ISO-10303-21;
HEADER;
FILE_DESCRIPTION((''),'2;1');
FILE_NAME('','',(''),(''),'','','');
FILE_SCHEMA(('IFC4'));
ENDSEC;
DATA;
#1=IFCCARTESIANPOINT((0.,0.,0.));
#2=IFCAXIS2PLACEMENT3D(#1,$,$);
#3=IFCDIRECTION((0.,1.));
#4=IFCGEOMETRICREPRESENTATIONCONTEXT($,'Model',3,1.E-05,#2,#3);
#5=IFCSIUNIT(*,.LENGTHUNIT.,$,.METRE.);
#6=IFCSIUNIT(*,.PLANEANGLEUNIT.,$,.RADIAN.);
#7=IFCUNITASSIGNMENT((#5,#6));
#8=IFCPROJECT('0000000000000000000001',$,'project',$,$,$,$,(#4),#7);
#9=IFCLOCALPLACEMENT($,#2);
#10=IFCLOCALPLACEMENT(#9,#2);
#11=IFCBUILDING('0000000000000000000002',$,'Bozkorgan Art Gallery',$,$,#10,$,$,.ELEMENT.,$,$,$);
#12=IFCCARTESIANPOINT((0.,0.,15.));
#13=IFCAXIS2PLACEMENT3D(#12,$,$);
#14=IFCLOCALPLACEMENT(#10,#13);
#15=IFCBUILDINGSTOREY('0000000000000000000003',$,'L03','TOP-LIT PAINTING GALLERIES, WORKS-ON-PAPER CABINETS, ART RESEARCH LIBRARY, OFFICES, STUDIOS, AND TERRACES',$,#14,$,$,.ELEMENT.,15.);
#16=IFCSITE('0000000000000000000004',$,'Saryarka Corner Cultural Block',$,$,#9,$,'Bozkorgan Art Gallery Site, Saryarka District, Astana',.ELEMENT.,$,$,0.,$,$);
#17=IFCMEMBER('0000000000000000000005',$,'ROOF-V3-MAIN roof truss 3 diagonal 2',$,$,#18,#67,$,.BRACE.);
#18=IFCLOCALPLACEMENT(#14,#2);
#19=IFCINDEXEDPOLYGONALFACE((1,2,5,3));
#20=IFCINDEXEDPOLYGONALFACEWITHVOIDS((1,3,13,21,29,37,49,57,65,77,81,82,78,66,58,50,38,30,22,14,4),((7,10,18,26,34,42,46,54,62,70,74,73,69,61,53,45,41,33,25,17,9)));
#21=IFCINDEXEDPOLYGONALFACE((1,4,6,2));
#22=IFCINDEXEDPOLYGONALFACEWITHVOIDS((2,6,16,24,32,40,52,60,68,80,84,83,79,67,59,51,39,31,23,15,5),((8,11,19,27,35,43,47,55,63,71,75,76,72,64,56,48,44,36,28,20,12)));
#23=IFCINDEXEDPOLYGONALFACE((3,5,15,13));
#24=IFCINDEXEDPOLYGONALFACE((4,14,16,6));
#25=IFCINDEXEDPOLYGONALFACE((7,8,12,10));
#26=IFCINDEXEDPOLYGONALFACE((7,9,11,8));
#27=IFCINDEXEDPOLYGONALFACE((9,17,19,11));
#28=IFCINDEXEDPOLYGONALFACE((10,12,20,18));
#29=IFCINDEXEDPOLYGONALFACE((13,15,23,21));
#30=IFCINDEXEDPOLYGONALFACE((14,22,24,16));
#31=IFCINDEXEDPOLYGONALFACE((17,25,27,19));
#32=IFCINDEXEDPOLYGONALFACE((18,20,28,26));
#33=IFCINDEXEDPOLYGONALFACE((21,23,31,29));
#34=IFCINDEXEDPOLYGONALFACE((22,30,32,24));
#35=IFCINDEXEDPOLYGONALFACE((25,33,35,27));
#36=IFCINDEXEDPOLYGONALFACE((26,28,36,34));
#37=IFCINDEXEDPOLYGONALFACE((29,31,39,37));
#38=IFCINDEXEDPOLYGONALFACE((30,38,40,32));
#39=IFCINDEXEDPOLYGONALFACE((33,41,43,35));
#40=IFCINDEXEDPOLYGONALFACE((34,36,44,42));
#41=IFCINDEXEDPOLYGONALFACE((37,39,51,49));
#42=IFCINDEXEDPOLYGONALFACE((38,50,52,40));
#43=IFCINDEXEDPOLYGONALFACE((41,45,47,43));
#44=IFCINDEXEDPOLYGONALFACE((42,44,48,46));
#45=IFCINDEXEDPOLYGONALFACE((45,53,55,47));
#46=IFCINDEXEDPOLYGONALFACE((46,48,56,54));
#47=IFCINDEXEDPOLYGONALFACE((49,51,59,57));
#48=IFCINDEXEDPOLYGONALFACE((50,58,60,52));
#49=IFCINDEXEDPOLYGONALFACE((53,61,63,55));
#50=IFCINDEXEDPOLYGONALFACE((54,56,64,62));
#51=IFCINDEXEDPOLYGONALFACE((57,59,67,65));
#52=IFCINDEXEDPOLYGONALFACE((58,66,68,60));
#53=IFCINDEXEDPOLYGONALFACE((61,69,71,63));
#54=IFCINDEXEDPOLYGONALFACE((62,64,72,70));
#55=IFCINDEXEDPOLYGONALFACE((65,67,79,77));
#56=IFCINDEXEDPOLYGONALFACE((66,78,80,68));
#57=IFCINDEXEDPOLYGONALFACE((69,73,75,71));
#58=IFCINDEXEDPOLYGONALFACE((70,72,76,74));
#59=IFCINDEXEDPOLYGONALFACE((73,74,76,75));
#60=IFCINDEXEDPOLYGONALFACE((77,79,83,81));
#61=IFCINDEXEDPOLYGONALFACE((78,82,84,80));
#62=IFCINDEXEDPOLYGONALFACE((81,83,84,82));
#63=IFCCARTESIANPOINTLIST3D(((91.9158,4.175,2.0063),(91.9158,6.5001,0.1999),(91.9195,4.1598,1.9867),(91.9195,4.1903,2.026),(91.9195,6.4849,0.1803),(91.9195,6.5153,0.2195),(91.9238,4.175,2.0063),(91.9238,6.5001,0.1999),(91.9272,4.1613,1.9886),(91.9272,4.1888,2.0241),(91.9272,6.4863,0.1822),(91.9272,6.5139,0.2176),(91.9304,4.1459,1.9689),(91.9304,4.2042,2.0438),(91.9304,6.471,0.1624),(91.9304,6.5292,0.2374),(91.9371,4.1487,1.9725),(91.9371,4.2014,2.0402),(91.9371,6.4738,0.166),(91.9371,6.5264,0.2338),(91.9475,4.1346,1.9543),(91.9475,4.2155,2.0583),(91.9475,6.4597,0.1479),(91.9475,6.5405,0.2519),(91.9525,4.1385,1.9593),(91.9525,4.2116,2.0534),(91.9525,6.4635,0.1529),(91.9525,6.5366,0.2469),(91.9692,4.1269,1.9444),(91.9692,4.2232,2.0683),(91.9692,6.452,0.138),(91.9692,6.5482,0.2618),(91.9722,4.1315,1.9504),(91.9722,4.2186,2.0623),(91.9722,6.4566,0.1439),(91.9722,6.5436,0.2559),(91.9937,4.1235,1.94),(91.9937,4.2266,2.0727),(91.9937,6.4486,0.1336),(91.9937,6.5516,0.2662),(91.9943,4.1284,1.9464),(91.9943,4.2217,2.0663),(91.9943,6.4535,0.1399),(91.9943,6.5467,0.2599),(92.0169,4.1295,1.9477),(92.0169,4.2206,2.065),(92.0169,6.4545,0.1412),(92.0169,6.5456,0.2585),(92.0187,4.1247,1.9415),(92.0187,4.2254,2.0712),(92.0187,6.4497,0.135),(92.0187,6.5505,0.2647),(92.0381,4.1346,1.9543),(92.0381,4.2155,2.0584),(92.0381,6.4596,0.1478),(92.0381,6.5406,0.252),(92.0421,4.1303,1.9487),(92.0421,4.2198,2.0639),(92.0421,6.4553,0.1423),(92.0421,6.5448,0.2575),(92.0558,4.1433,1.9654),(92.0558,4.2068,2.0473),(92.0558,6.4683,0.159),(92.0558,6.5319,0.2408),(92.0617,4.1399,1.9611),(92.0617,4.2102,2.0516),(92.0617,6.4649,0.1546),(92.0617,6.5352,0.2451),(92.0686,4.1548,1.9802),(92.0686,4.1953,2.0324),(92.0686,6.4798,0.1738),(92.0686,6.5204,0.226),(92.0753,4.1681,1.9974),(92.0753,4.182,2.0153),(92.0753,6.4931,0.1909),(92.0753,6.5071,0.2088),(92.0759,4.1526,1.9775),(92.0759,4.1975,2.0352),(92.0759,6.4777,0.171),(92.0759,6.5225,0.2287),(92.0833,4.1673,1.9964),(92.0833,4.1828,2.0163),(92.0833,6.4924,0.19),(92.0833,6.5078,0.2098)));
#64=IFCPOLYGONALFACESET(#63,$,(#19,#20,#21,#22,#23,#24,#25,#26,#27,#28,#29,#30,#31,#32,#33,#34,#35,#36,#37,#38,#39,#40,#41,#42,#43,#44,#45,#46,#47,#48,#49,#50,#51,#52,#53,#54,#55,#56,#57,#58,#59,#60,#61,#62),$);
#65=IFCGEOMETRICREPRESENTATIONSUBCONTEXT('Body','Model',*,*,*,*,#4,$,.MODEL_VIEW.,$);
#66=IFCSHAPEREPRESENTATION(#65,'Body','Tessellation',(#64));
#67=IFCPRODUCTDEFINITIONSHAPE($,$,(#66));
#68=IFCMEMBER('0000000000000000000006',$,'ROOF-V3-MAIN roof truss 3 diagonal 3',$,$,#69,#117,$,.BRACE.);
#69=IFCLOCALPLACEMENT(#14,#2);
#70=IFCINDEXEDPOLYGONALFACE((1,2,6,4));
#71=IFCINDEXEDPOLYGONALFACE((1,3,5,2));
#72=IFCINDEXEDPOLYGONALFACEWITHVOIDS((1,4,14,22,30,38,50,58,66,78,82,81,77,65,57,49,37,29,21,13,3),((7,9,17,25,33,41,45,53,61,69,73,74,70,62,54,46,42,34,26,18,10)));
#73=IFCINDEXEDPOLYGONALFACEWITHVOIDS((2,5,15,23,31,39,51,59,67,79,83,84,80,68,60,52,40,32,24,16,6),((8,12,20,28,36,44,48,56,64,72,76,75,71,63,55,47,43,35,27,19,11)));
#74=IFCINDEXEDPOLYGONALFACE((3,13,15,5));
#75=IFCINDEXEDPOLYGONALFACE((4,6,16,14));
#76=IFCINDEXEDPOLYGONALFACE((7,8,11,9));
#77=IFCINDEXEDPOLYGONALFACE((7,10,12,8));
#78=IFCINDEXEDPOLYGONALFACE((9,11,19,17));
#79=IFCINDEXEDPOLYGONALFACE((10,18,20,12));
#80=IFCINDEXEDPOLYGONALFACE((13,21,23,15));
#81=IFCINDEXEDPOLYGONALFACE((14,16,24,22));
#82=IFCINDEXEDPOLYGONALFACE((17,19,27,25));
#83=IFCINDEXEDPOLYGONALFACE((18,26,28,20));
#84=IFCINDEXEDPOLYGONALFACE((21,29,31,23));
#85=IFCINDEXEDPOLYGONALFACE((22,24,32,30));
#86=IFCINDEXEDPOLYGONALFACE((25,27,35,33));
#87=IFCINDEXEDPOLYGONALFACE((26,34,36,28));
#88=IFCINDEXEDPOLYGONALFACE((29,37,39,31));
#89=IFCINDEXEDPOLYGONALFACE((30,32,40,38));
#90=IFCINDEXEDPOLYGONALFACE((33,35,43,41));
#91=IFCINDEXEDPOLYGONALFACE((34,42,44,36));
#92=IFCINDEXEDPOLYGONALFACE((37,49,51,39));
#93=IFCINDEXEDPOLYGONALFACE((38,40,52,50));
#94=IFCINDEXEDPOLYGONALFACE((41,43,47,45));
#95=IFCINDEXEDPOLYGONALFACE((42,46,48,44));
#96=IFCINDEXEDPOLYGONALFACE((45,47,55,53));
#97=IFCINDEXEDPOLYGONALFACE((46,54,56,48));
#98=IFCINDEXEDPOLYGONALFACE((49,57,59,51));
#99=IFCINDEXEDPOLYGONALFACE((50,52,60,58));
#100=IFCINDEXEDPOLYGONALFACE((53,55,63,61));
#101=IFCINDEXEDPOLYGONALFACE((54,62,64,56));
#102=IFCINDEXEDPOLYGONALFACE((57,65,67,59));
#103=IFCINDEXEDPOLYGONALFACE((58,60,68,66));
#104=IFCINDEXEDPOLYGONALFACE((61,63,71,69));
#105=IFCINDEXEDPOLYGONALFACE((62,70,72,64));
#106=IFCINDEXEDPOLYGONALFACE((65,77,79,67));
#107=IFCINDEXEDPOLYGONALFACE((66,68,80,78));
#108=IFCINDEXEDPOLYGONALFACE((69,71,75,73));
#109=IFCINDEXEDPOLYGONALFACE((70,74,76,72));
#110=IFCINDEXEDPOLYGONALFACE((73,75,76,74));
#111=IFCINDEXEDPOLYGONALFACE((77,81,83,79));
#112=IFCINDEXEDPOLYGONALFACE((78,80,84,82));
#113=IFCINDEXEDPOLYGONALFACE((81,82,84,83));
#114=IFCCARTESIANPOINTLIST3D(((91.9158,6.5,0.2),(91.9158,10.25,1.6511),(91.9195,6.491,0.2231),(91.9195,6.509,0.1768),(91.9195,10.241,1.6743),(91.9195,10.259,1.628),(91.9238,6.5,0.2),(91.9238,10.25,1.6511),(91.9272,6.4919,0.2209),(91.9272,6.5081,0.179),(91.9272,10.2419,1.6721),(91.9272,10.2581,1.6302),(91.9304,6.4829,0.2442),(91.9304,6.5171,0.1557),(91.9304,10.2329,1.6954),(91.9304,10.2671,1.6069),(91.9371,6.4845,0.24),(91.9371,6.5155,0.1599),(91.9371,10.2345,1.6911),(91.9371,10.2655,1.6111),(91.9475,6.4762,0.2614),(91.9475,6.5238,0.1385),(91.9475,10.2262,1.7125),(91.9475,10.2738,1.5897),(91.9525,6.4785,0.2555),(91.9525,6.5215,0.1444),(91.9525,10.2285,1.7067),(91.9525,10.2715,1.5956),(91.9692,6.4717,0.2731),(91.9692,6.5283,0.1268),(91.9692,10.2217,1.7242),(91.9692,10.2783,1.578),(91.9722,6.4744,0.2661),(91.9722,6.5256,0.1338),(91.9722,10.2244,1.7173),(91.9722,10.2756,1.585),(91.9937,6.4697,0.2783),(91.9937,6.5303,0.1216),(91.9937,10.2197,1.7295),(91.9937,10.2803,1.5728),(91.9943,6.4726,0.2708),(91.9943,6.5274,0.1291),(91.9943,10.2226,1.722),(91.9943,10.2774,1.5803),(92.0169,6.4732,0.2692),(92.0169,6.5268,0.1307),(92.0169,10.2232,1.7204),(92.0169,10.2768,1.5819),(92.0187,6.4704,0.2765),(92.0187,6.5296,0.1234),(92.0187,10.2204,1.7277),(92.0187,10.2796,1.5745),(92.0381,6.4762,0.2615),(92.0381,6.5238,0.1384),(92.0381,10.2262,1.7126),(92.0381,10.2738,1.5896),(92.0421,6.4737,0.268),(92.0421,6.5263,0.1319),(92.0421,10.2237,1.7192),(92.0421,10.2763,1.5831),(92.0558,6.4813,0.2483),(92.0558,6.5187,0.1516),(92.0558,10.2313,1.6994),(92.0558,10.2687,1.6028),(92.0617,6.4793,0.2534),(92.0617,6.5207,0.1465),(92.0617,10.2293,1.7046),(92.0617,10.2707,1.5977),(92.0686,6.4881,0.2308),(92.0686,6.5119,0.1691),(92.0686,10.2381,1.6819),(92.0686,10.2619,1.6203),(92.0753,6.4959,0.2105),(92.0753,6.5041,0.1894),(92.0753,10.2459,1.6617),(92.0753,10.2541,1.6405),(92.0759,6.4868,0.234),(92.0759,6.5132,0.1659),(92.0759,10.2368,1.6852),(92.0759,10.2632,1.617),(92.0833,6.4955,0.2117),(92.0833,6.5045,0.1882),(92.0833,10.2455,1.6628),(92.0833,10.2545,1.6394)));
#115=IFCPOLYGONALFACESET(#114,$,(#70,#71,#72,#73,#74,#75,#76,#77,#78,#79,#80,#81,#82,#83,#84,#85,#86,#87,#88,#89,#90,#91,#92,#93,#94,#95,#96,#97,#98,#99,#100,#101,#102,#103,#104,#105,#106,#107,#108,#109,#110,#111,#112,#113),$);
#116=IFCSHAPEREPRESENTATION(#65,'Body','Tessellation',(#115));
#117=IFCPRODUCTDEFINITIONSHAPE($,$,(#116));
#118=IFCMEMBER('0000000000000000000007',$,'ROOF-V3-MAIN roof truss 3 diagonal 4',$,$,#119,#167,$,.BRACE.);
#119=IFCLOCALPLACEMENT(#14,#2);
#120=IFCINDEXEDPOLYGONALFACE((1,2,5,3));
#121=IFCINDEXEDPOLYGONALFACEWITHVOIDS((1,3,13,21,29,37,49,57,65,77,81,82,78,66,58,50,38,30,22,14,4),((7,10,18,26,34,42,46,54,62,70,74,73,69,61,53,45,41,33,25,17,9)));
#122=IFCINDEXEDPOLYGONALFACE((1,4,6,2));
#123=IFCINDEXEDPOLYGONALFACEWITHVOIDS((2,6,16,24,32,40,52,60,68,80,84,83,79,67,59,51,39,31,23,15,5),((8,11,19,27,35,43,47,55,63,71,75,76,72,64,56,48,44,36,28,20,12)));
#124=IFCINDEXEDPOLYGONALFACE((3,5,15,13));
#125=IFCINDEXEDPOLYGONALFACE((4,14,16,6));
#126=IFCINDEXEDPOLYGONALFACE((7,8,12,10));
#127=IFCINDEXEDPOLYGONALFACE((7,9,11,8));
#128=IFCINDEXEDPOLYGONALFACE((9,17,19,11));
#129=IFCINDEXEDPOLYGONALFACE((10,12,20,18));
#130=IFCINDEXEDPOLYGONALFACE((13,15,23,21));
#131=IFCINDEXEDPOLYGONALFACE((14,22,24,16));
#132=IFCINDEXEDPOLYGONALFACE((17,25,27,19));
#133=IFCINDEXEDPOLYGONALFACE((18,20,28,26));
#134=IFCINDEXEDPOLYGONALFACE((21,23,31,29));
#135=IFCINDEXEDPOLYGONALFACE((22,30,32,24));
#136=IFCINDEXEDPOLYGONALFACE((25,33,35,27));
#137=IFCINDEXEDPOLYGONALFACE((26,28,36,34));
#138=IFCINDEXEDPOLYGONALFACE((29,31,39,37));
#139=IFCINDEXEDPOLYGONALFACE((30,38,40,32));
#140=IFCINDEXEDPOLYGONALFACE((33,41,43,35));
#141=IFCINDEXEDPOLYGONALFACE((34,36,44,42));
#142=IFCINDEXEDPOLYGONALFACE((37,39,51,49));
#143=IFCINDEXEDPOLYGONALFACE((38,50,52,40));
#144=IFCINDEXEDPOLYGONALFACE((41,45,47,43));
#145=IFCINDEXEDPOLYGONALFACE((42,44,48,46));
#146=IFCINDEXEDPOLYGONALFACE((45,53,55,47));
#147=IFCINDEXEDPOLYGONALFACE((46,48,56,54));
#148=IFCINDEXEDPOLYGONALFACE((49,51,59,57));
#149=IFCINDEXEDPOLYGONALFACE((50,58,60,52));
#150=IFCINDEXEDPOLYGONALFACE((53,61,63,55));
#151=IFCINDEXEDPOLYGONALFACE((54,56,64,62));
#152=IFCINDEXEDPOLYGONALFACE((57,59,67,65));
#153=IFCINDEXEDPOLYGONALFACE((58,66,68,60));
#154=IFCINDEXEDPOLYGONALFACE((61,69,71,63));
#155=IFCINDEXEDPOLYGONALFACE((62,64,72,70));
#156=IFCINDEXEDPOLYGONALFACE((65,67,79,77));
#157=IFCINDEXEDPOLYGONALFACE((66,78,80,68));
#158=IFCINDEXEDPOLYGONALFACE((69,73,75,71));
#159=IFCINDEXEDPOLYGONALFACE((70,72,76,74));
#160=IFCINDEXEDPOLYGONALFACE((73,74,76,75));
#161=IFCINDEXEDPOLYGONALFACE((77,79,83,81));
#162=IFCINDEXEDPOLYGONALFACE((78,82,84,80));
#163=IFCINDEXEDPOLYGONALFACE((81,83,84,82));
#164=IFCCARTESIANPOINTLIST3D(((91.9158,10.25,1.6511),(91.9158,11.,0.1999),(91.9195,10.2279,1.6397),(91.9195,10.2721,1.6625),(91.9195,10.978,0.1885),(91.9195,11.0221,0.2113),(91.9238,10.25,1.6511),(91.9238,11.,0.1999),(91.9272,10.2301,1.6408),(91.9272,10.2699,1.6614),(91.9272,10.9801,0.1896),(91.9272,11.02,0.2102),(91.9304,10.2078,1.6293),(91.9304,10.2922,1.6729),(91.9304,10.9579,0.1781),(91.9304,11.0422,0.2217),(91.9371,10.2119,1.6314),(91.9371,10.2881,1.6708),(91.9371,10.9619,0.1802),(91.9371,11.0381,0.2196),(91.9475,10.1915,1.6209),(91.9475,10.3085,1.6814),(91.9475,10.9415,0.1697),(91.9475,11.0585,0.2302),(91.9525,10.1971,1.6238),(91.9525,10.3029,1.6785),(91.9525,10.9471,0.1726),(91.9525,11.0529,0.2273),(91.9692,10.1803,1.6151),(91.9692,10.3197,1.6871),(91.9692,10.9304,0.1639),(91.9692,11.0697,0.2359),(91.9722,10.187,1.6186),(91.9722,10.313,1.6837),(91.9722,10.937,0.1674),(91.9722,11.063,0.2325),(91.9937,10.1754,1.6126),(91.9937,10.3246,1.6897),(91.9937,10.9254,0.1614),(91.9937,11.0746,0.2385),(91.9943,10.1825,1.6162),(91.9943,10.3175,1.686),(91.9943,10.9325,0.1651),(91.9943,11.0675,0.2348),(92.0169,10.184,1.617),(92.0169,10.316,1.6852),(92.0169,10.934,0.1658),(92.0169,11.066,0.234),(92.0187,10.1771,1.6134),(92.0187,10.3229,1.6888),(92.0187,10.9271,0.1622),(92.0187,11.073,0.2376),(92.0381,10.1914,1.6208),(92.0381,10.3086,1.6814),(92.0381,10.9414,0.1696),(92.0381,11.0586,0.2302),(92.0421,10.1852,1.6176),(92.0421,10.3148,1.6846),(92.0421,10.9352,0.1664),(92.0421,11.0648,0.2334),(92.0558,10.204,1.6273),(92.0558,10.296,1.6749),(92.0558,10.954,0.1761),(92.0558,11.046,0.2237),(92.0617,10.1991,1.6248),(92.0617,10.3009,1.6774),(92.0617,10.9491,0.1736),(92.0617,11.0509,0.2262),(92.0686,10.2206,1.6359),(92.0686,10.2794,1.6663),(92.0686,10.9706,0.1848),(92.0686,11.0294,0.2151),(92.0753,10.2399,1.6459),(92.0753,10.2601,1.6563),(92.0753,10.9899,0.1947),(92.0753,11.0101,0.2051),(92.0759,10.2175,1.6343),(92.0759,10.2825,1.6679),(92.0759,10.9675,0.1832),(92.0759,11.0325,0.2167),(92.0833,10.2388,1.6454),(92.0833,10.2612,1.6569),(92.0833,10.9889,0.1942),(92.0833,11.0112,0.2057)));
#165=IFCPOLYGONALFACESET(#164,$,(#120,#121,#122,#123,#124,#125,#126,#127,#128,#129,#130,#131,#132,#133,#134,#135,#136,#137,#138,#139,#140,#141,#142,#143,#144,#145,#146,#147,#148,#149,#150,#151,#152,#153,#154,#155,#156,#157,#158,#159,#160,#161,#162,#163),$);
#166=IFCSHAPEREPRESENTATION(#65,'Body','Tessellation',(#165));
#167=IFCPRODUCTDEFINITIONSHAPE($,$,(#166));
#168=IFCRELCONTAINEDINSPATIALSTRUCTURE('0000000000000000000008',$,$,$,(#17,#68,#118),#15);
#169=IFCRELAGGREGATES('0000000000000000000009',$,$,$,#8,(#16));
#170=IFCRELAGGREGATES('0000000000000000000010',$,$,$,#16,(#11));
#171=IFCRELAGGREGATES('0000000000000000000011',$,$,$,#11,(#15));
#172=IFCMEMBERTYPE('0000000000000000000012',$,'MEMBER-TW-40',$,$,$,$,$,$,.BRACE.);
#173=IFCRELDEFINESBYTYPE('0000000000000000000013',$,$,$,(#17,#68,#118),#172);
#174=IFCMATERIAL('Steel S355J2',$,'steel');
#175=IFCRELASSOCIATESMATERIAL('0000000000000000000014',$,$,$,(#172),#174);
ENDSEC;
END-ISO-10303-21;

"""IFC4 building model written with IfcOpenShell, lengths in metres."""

from ifc_helpers import new_model, si_unit, direction, frame, origin, origin_2d, place, context, subcontext, project, spatial, hollow_circle, extrude, material, material_profile, profile_set, type_object, element, save


model = new_model("IFC4")

# Units and contexts
model_context = context("Model", 3, precision=1e-05, world=origin(), true_north=direction((0.0, 1.0)))
body_context = subcontext(model_context, "Body", "Model", "MODEL_VIEW")
ifc_project = project(units=[si_unit("LENGTHUNIT", "METRE"), si_unit("PLANEANGLEUNIT", "RADIAN")], contexts=[model_context])

# Site, building, storey
site_placement = place(None, origin())
site = spatial("IfcSite", under=ifc_project, at=site_placement, Name="Saryarka Corner Cultural Block", LongName="Bozkorgan Art Gallery Site, Saryarka District, Astana", CompositionType="ELEMENT", RefElevation=0.0)
building_placement = place(site_placement, origin())
building = spatial("IfcBuilding", under=site, at=building_placement, Name="Bozkorgan Art Gallery", CompositionType="ELEMENT")
storey_placement = place(building_placement, frame((0.0, 0.0, 15.0)))
storey = spatial("IfcBuildingStorey", under=building, at=storey_placement, Name="L03", Description="TOP-LIT PAINTING GALLERIES, WORKS-ON-PAPER CABINETS, ART RESEARCH LIBRARY, OFFICES, STUDIOS, AND TERRACES", CompositionType="ELEMENT", Elevation=15.0)

# Shared definitions
ifc_material_1 = material(Name="Steel S355J2", Category="steel")

# Members
ifc_material_profile_1 = material_profile(ifc_material_1, hollow_circle(Radius=0.0842, WallThickness=0.0081, at=origin_2d()), Name="CHS 168.3x8")
ifc_profile_set_1 = profile_set([ifc_material_profile_1], Name="Steel S355J2")
member_type_1 = type_object("IfcMemberType", Name="MEMBER-TW-40", PredefinedType="BRACE", material=ifc_profile_set_1)
for number, where, z_axis, x_axis, name in (
    (1, (92.0, 4.175, 2.0063), (0.0, 0.789665, -0.613539), (-1.0, 0.0, 0.0), "ROOF-V3-MAIN roof truss 3 diagonal 2"),
):
    element("IfcMember", number, at=place(storey_placement, frame(where, z_axis=z_axis, x_axis=x_axis)), inside=storey, type_object=member_type_1, Name=name, PredefinedType="BRACE", context=body_context, shape_type="SweptSolid", body=[
        extrude(hollow_circle(Radius=0.0842, WallThickness=0.0081, at=origin_2d()), origin(), (0.0, 0.0, 1.0), 2.9443),
    ])
member_1_placement = place(storey_placement, frame((92.0, 6.5, 0.2), z_axis=(0.0, 0.932605, 0.360899), x_axis=(-1.0, 0.0, 0.0)))
element("IfcMember", 2, at=member_1_placement, inside=storey, type_object=member_type_1, Name="ROOF-V3-MAIN roof truss 3 diagonal 3", PredefinedType="BRACE", context=body_context, shape_type="SweptSolid", body=[
    extrude(hollow_circle(Radius=0.0842, WallThickness=0.0081, at=origin_2d()), origin(), (0.0, 0.0, 1.0), 4.021),
])
member_2_placement = place(storey_placement, frame((92.0, 10.25, 1.6511), z_axis=(0.0, 0.45913, -0.888369), x_axis=(-1.0, 0.0, 0.0)))
element("IfcMember", 3, at=member_2_placement, inside=storey, type_object=member_type_1, Name="ROOF-V3-MAIN roof truss 3 diagonal 4", PredefinedType="BRACE", context=body_context, shape_type="SweptSolid", body=[
    extrude(hollow_circle(Radius=0.0842, WallThickness=0.0081, at=origin_2d()), origin(), (0.0, 0.0, 1.0), 1.6335),
])

save(model, "model.ifc")
